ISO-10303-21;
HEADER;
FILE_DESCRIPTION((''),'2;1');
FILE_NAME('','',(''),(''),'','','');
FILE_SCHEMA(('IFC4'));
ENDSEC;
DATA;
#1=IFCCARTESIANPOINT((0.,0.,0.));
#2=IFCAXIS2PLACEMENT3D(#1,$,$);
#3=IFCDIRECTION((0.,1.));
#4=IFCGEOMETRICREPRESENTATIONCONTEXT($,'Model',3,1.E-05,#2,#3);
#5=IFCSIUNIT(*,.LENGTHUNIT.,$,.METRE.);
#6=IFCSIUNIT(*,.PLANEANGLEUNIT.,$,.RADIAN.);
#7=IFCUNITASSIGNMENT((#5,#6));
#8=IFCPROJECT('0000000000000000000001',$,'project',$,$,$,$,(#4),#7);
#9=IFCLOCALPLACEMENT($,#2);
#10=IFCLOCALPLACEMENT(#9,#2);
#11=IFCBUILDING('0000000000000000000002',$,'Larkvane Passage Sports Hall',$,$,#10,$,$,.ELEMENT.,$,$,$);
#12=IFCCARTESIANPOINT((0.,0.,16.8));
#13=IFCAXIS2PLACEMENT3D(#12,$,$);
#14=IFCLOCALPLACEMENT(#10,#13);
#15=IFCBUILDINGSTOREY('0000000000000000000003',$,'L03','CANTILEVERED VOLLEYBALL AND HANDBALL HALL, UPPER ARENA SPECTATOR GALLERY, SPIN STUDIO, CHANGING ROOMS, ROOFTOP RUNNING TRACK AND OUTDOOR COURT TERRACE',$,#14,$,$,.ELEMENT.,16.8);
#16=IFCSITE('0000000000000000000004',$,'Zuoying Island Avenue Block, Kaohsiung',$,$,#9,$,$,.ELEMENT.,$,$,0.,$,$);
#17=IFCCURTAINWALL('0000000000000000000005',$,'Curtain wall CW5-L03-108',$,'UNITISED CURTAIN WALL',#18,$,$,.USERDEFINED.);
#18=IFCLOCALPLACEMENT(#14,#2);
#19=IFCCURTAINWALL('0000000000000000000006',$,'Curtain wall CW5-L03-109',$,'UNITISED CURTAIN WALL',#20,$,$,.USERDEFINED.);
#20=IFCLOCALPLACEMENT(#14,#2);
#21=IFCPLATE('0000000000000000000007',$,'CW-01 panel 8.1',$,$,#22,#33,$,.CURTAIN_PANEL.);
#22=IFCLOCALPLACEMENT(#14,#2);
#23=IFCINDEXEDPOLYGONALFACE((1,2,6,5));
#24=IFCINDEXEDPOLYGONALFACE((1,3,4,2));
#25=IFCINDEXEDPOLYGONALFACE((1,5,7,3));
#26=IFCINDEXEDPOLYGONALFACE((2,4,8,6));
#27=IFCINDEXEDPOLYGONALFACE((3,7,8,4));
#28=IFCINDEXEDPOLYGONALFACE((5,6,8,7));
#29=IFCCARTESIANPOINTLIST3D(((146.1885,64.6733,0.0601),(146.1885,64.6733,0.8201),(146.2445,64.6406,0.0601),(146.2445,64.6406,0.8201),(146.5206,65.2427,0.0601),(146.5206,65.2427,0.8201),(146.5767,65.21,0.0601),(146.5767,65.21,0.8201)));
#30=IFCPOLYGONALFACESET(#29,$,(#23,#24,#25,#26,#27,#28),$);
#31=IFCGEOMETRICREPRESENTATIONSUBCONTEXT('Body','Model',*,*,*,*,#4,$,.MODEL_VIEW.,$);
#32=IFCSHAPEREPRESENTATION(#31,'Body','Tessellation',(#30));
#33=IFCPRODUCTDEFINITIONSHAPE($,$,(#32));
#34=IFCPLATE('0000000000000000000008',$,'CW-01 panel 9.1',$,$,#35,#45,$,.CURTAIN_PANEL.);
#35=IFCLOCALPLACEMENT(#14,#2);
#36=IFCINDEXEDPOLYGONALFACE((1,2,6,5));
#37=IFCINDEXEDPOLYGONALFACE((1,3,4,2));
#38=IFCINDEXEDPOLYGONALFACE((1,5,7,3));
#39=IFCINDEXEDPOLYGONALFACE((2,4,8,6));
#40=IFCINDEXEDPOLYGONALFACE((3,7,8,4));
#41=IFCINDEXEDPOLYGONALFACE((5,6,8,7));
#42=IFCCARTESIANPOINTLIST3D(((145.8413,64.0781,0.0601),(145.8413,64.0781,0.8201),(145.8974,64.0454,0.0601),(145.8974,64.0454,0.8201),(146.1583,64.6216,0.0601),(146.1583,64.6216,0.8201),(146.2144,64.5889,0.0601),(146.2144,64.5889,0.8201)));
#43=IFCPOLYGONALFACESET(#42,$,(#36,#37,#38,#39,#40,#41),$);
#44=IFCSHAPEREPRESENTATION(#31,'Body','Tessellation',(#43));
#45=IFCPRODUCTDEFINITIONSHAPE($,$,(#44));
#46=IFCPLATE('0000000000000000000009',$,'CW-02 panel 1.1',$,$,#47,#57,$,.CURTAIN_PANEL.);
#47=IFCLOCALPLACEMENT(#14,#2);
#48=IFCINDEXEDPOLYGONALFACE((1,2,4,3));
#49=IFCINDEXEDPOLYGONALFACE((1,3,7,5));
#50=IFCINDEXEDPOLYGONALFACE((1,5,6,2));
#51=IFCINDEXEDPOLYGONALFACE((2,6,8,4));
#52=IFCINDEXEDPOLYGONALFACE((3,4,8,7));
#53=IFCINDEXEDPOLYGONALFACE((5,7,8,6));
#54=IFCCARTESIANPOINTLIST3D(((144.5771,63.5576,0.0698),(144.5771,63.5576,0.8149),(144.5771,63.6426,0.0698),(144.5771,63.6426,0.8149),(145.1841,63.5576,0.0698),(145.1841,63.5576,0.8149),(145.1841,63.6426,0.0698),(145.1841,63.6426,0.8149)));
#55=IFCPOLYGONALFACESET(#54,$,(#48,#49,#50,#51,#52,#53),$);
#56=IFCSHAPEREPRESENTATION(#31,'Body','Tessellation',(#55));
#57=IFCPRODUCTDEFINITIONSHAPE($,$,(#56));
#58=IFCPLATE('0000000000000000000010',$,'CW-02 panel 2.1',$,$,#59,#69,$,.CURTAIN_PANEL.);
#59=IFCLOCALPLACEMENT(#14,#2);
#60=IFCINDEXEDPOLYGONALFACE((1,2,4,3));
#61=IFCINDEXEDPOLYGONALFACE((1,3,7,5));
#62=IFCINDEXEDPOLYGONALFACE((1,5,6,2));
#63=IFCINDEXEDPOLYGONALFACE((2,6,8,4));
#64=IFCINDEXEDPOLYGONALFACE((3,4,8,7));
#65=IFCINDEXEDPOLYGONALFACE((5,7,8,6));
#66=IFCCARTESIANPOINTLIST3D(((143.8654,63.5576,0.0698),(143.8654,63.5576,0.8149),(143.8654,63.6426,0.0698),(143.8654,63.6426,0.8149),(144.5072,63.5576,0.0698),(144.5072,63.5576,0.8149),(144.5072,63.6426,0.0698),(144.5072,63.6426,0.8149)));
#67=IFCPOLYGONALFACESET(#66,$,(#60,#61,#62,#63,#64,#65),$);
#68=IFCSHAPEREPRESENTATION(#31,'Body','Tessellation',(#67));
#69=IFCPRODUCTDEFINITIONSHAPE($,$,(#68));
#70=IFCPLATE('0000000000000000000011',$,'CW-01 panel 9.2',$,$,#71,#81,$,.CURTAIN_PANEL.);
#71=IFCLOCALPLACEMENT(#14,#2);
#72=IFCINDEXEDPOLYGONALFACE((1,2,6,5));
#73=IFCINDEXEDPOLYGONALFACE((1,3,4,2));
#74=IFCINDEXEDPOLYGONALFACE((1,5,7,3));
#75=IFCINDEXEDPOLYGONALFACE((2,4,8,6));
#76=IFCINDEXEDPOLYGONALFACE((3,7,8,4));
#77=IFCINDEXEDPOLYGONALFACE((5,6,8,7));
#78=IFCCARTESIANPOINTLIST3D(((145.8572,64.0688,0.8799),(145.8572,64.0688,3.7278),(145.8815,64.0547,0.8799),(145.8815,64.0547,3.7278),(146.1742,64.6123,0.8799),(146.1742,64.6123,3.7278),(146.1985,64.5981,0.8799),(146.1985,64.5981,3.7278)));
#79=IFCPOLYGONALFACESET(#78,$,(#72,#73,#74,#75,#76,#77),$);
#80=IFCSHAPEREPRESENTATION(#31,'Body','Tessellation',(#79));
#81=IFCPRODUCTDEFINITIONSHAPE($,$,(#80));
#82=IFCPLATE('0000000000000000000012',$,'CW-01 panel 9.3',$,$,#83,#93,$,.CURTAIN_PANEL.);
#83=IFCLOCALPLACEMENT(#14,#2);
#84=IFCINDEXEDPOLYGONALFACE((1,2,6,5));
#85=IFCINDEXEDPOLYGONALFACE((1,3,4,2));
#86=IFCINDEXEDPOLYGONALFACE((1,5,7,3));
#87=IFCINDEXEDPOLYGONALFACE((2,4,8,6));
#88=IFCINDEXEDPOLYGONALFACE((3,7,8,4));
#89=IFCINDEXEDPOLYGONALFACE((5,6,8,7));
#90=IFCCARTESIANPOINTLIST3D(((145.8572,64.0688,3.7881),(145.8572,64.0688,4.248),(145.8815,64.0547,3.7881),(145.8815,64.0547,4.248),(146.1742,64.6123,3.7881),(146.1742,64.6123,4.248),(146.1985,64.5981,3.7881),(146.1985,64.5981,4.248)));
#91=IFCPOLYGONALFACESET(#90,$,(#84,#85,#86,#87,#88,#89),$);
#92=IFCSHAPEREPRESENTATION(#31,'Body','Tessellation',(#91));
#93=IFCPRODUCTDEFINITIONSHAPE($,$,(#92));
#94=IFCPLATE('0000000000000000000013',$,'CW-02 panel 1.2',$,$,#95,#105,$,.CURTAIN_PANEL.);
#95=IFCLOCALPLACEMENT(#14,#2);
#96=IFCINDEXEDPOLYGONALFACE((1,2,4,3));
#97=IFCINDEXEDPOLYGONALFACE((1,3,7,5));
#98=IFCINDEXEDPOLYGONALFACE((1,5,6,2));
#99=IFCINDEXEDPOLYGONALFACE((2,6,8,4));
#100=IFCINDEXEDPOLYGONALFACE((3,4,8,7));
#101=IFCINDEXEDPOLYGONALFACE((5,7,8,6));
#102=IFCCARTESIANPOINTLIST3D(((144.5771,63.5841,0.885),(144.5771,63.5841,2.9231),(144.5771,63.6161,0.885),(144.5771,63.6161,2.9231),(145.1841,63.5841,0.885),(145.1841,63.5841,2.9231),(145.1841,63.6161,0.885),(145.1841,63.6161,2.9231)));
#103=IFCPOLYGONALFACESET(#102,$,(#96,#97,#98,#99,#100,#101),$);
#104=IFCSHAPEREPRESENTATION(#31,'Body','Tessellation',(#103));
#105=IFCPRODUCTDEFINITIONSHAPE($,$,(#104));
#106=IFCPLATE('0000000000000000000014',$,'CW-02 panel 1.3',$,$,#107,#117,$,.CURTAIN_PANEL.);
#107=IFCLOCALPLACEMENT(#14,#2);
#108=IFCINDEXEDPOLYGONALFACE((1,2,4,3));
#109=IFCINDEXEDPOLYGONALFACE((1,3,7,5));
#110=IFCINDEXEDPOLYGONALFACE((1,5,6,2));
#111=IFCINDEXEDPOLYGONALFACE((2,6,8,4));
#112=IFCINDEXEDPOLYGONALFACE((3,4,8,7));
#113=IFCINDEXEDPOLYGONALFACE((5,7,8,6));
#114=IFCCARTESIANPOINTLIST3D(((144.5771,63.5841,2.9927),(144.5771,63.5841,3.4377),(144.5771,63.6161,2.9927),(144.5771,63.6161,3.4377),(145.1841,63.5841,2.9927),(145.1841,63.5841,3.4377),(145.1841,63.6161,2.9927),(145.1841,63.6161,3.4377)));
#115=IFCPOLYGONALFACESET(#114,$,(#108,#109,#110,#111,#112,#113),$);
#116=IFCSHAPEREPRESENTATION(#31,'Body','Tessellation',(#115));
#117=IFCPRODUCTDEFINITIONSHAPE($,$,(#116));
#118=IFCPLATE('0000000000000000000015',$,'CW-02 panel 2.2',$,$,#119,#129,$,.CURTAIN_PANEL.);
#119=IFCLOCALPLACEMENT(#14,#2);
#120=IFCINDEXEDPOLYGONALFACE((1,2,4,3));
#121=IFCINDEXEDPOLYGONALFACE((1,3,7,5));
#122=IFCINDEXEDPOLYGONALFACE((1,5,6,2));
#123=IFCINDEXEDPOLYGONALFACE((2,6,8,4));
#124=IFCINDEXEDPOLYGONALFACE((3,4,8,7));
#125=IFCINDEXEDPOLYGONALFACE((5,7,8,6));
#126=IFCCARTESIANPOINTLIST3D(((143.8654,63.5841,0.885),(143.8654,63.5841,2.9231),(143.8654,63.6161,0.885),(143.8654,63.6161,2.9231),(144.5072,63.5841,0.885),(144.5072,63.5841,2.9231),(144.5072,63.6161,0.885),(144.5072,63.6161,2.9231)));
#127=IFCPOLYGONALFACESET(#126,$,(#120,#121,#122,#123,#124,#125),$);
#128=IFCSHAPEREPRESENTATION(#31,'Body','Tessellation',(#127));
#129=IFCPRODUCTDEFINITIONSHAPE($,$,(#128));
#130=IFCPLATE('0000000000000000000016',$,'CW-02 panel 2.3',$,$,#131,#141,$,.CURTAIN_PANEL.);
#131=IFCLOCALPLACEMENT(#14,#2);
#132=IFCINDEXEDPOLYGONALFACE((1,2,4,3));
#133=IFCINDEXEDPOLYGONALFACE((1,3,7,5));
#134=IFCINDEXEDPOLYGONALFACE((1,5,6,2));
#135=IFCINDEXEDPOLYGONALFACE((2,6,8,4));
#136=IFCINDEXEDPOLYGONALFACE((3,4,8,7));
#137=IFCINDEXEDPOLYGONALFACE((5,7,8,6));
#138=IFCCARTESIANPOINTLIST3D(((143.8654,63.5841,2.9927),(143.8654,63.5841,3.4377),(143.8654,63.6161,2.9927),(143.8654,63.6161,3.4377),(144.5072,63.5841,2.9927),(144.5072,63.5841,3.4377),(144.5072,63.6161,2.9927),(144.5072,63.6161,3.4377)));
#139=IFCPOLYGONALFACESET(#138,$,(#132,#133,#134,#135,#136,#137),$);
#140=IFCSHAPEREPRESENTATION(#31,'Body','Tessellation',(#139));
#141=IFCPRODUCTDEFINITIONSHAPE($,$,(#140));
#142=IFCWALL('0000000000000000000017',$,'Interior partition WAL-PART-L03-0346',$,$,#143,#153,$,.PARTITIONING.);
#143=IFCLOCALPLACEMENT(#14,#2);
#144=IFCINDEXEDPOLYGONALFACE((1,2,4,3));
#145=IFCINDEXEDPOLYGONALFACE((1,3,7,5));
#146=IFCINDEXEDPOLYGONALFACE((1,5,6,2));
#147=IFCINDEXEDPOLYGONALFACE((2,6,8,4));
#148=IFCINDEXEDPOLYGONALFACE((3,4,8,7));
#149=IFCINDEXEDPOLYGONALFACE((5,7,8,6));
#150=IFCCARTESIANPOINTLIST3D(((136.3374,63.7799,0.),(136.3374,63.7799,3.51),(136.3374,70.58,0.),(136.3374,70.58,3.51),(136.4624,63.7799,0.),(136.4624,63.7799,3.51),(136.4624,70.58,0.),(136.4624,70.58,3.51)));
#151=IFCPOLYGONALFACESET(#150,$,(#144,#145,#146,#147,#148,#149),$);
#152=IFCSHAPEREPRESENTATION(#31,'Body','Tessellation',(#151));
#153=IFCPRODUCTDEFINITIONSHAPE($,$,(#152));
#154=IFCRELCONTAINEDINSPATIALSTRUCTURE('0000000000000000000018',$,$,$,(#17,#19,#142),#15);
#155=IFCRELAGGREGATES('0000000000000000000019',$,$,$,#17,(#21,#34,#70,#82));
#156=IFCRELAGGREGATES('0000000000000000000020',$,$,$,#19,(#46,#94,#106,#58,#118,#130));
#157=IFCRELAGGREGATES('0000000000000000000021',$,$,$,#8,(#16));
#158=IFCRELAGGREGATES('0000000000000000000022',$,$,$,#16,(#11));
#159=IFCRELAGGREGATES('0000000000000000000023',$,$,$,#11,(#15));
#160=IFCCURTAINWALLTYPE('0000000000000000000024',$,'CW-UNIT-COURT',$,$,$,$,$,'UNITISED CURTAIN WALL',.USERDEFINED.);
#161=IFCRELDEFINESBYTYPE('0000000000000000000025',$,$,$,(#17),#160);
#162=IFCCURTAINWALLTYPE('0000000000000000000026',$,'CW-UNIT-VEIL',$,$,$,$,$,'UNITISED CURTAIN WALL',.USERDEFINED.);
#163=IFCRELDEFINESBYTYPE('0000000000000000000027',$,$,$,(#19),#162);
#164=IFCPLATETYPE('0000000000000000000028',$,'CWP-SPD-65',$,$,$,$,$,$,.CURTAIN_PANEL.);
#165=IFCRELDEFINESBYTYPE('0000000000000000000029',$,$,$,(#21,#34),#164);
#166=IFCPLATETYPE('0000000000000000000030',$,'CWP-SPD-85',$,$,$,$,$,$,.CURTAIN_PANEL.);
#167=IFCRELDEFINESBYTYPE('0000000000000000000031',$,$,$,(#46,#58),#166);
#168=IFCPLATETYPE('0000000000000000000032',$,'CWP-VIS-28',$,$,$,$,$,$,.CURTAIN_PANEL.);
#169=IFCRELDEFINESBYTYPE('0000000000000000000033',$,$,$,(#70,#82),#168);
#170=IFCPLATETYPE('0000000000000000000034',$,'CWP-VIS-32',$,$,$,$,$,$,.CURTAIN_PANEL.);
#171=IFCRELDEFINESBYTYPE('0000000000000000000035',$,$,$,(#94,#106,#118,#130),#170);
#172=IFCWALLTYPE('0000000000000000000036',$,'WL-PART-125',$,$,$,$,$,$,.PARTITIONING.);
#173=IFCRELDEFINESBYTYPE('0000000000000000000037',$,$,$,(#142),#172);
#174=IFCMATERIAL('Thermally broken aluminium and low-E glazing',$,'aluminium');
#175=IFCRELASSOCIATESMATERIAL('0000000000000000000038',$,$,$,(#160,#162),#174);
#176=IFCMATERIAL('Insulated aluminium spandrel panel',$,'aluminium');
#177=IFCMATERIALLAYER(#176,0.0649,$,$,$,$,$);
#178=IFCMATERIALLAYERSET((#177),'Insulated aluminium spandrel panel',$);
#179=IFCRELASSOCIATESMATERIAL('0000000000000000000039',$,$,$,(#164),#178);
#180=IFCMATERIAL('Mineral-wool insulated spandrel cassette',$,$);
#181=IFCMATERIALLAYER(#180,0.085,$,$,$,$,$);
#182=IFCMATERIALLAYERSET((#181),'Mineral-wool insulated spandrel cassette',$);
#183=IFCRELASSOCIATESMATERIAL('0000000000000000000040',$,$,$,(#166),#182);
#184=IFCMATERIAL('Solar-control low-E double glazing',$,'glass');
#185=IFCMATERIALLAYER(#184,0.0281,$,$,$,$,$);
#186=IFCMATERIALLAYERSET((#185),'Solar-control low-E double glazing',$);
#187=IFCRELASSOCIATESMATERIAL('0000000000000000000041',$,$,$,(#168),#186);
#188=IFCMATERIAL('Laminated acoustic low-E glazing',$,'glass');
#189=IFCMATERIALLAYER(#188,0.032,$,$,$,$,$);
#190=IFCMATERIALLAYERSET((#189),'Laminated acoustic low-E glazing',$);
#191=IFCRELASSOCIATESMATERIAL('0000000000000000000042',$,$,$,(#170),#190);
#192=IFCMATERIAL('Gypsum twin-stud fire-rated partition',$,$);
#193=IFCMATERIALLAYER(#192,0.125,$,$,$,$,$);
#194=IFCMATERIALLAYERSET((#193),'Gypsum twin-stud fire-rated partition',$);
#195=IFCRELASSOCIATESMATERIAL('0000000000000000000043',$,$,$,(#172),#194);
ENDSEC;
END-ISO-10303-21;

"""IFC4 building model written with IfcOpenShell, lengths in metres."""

from ifc_helpers import new_model, si_unit, direction, frame, frame_2d, origin, origin_2d, place, context, subcontext, project, spatial, rectangle, extrude, material, layer, layer_set, type_object, element, aggregate, save


model = new_model("IFC4")

# Units and contexts
model_context = context("Model", 3, precision=1e-05, world=origin(), true_north=direction((0.0, 1.0)))
body_context = subcontext(model_context, "Body", "Model", "MODEL_VIEW")
ifc_project = project(units=[si_unit("LENGTHUNIT", "METRE"), si_unit("PLANEANGLEUNIT", "RADIAN")], contexts=[model_context])

# Site, building, storey
site_placement = place(None, origin())
site = spatial("IfcSite", under=ifc_project, at=site_placement, Name="Zuoying Island Avenue Block, Kaohsiung", CompositionType="ELEMENT", RefElevation=0.0)
building_placement = place(site_placement, origin())
building = spatial("IfcBuilding", under=site, at=building_placement, Name="Larkvane Passage Sports Hall", CompositionType="ELEMENT")
storey_placement = place(building_placement, frame((0.0, 0.0, 16.8)))
storey = spatial("IfcBuildingStorey", under=building, at=storey_placement, Name="L03", Description="CANTILEVERED VOLLEYBALL AND HANDBALL HALL, UPPER ARENA SPECTATOR GALLERY, SPIN STUDIO, CHANGING ROOMS, ROOFTOP RUNNING TRACK AND OUTDOOR COURT TERRACE", CompositionType="ELEMENT", Elevation=16.8)

# Curtain walls
ifc_material_1 = material(Name="Thermally broken aluminium and low-E glazing", Category="aluminium")
curtain_wall_type_1 = type_object("IfcCurtainWallType", Name="CW-UNIT-COURT", ElementType="UNITISED CURTAIN WALL", PredefinedType="USERDEFINED", material=ifc_material_1)
curtain_wall_1_placement = place(storey_placement, origin())
curtain_wall_1 = element("IfcCurtainWall", 1, at=curtain_wall_1_placement, inside=storey, type_object=curtain_wall_type_1, Name="Curtain wall CW5-L03-108", ObjectType="UNITISED CURTAIN WALL", PredefinedType="USERDEFINED")
curtain_wall_type_2 = type_object("IfcCurtainWallType", Name="CW-UNIT-VEIL", ElementType="UNITISED CURTAIN WALL", PredefinedType="USERDEFINED", material=ifc_material_1)
curtain_wall_2_placement = place(storey_placement, origin())
curtain_wall_2 = element("IfcCurtainWall", 2, at=curtain_wall_2_placement, inside=storey, type_object=curtain_wall_type_2, Name="Curtain wall CW5-L03-109", ObjectType="UNITISED CURTAIN WALL", PredefinedType="USERDEFINED")

# Plates
ifc_material_2 = material(Name="Insulated aluminium spandrel panel", Category="aluminium")
ifc_layer_1 = layer(ifc_material_2, 0.0649)
ifc_layer_set_1 = layer_set([ifc_layer_1], Name="Insulated aluminium spandrel panel")
plate_type_1 = type_object("IfcPlateType", Name="CWP-SPD-65", PredefinedType="CURTAIN_PANEL", material=ifc_layer_set_1)
plate_1_placement = place(storey_placement, frame((146.3826, 64.9417, 0.0601), z_axis=(0.0, 0.0, 1.0), x_axis=(-0.503867, -0.863781, 0.0)))
plate_1 = element("IfcPlate", 3, at=plate_1_placement, type_object=plate_type_1, Name="CW-01 panel 8.1", PredefinedType="CURTAIN_PANEL", context=body_context, shape_type="SweptSolid", body=[
    extrude(rectangle(XDim=0.6592, YDim=0.0649, at=origin_2d()), origin(), (0.0, 0.0, 1.0), 0.76),
])
plate_2_placement = place(storey_placement, frame((146.0278, 64.3335, 0.0601), z_axis=(0.0, 0.0, 1.0), x_axis=(-0.503867, -0.863781, 0.0)))
plate_2 = element("IfcPlate", 4, at=plate_2_placement, type_object=plate_type_1, Name="CW-01 panel 9.1", PredefinedType="CURTAIN_PANEL", context=body_context, shape_type="SweptSolid", body=[
    extrude(rectangle(XDim=0.6292, YDim=0.0649, at=origin_2d()), origin(), (0.0, 0.0, 1.0), 0.76),
])
ifc_material_3 = material(Name="Mineral-wool insulated spandrel cassette")
ifc_layer_2 = layer(ifc_material_3, 0.085)
ifc_layer_set_2 = layer_set([ifc_layer_2], Name="Mineral-wool insulated spandrel cassette")
plate_type_2 = type_object("IfcPlateType", Name="CWP-SPD-85", PredefinedType="CURTAIN_PANEL", material=ifc_layer_set_2)
plate_3_placement = place(storey_placement, frame((144.8806, 63.6001, 0.0698), z_axis=(0.0, 0.0, 1.0), x_axis=(-1.0, 0.0, 0.0)))
plate_3 = element("IfcPlate", 5, at=plate_3_placement, type_object=plate_type_2, Name="CW-02 panel 1.1", PredefinedType="CURTAIN_PANEL", context=body_context, shape_type="SweptSolid", body=[
    extrude(rectangle(XDim=0.6069, YDim=0.085, at=origin_2d()), origin(), (0.0, 0.0, 1.0), 0.7451),
])
plate_4_placement = place(storey_placement, frame((144.1863, 63.6001, 0.0698), z_axis=(0.0, 0.0, 1.0), x_axis=(-1.0, 0.0, 0.0)))
plate_4 = element("IfcPlate", 6, at=plate_4_placement, type_object=plate_type_2, Name="CW-02 panel 2.1", PredefinedType="CURTAIN_PANEL", context=body_context, shape_type="SweptSolid", body=[
    extrude(rectangle(XDim=0.6418, YDim=0.085, at=origin_2d()), origin(), (0.0, 0.0, 1.0), 0.7451),
])
ifc_material_4 = material(Name="Solar-control low-E double glazing", Category="glass")
ifc_layer_3 = layer(ifc_material_4, 0.0281)
ifc_layer_set_3 = layer_set([ifc_layer_3], Name="Solar-control low-E double glazing")
plate_type_3 = type_object("IfcPlateType", Name="CWP-VIS-28", PredefinedType="CURTAIN_PANEL", material=ifc_layer_set_3)
plate_5_placement = place(storey_placement, frame((146.0278, 64.3335, 0.8799), z_axis=(0.0, 0.0, 1.0), x_axis=(-0.503867, -0.863781, 0.0)))
plate_5 = element("IfcPlate", 7, at=plate_5_placement, type_object=plate_type_3, Name="CW-01 panel 9.2", PredefinedType="CURTAIN_PANEL", context=body_context, shape_type="SweptSolid", body=[
    extrude(rectangle(XDim=0.6292, YDim=0.0281, at=origin_2d()), origin(), (0.0, 0.0, 1.0), 2.8479),
])
plate_6_placement = place(storey_placement, frame((146.0278, 64.3335, 3.7881), z_axis=(0.0, 0.0, 1.0), x_axis=(-0.503867, -0.863781, 0.0)))
plate_6 = element("IfcPlate", 8, at=plate_6_placement, type_object=plate_type_3, Name="CW-01 panel 9.3", PredefinedType="CURTAIN_PANEL", context=body_context, shape_type="SweptSolid", body=[
    extrude(rectangle(XDim=0.6292, YDim=0.0281, at=origin_2d()), origin(), (0.0, 0.0, 1.0), 0.46),
])
aggregate(curtain_wall_1, [plate_1, plate_2, plate_5, plate_6])
ifc_material_5 = material(Name="Laminated acoustic low-E glazing", Category="glass")
ifc_layer_4 = layer(ifc_material_5, 0.032)
ifc_layer_set_4 = layer_set([ifc_layer_4], Name="Laminated acoustic low-E glazing")
plate_type_4 = type_object("IfcPlateType", Name="CWP-VIS-32", PredefinedType="CURTAIN_PANEL", material=ifc_layer_set_4)
plate_7_placement = place(storey_placement, frame((144.8806, 63.6001, 0.885), z_axis=(0.0, 0.0, 1.0), x_axis=(-1.0, 0.0, 0.0)))
plate_7 = element("IfcPlate", 9, at=plate_7_placement, type_object=plate_type_4, Name="CW-02 panel 1.2", PredefinedType="CURTAIN_PANEL", context=body_context, shape_type="SweptSolid", body=[
    extrude(rectangle(XDim=0.6069, YDim=0.032, at=origin_2d()), origin(), (0.0, 0.0, 1.0), 2.0381),
])
plate_8_placement = place(storey_placement, frame((144.8806, 63.6001, 2.9927), z_axis=(0.0, 0.0, 1.0), x_axis=(-1.0, 0.0, 0.0)))
plate_8 = element("IfcPlate", 10, at=plate_8_placement, type_object=plate_type_4, Name="CW-02 panel 1.3", PredefinedType="CURTAIN_PANEL", context=body_context, shape_type="SweptSolid", body=[
    extrude(rectangle(XDim=0.6069, YDim=0.032, at=origin_2d()), origin(), (0.0, 0.0, 1.0), 0.4451),
])
plate_9_placement = place(storey_placement, frame((144.1863, 63.6001, 0.885), z_axis=(0.0, 0.0, 1.0), x_axis=(-1.0, 0.0, 0.0)))
plate_9 = element("IfcPlate", 11, at=plate_9_placement, type_object=plate_type_4, Name="CW-02 panel 2.2", PredefinedType="CURTAIN_PANEL", context=body_context, shape_type="SweptSolid", body=[
    extrude(rectangle(XDim=0.6418, YDim=0.032, at=origin_2d()), origin(), (0.0, 0.0, 1.0), 2.0381),
])
plate_10_placement = place(storey_placement, frame((144.1863, 63.6001, 2.9927), z_axis=(0.0, 0.0, 1.0), x_axis=(-1.0, 0.0, 0.0)))
plate_10 = element("IfcPlate", 12, at=plate_10_placement, type_object=plate_type_4, Name="CW-02 panel 2.3", PredefinedType="CURTAIN_PANEL", context=body_context, shape_type="SweptSolid", body=[
    extrude(rectangle(XDim=0.6418, YDim=0.032, at=origin_2d()), origin(), (0.0, 0.0, 1.0), 0.4451),
])
aggregate(curtain_wall_2, [plate_3, plate_7, plate_8, plate_4, plate_9, plate_10])

# Wall
ifc_material_6 = material(Name="Gypsum twin-stud fire-rated partition")
ifc_layer_5 = layer(ifc_material_6, 0.125)
ifc_layer_set_5 = layer_set([ifc_layer_5], Name="Gypsum twin-stud fire-rated partition")
wall_type = type_object("IfcWallType", Name="WL-PART-125", PredefinedType="PARTITIONING", material=ifc_layer_set_5)
wall_placement = place(storey_placement, frame((136.3999, 63.78, 0.0), z_axis=(0.0, 0.0, 1.0), x_axis=(0.0, 1.0, 0.0)))
element("IfcWall", 13, at=wall_placement, inside=storey, type_object=wall_type, Name="Interior partition WAL-PART-L03-0346", PredefinedType="PARTITIONING", context=body_context, shape_type="SweptSolid", body=[
    extrude(rectangle(XDim=6.8, YDim=0.125, at=frame_2d((3.3999, 0.0))), origin(), (0.0, 0.0, 1.0), 3.51),
])

save(model, "model.ifc")
